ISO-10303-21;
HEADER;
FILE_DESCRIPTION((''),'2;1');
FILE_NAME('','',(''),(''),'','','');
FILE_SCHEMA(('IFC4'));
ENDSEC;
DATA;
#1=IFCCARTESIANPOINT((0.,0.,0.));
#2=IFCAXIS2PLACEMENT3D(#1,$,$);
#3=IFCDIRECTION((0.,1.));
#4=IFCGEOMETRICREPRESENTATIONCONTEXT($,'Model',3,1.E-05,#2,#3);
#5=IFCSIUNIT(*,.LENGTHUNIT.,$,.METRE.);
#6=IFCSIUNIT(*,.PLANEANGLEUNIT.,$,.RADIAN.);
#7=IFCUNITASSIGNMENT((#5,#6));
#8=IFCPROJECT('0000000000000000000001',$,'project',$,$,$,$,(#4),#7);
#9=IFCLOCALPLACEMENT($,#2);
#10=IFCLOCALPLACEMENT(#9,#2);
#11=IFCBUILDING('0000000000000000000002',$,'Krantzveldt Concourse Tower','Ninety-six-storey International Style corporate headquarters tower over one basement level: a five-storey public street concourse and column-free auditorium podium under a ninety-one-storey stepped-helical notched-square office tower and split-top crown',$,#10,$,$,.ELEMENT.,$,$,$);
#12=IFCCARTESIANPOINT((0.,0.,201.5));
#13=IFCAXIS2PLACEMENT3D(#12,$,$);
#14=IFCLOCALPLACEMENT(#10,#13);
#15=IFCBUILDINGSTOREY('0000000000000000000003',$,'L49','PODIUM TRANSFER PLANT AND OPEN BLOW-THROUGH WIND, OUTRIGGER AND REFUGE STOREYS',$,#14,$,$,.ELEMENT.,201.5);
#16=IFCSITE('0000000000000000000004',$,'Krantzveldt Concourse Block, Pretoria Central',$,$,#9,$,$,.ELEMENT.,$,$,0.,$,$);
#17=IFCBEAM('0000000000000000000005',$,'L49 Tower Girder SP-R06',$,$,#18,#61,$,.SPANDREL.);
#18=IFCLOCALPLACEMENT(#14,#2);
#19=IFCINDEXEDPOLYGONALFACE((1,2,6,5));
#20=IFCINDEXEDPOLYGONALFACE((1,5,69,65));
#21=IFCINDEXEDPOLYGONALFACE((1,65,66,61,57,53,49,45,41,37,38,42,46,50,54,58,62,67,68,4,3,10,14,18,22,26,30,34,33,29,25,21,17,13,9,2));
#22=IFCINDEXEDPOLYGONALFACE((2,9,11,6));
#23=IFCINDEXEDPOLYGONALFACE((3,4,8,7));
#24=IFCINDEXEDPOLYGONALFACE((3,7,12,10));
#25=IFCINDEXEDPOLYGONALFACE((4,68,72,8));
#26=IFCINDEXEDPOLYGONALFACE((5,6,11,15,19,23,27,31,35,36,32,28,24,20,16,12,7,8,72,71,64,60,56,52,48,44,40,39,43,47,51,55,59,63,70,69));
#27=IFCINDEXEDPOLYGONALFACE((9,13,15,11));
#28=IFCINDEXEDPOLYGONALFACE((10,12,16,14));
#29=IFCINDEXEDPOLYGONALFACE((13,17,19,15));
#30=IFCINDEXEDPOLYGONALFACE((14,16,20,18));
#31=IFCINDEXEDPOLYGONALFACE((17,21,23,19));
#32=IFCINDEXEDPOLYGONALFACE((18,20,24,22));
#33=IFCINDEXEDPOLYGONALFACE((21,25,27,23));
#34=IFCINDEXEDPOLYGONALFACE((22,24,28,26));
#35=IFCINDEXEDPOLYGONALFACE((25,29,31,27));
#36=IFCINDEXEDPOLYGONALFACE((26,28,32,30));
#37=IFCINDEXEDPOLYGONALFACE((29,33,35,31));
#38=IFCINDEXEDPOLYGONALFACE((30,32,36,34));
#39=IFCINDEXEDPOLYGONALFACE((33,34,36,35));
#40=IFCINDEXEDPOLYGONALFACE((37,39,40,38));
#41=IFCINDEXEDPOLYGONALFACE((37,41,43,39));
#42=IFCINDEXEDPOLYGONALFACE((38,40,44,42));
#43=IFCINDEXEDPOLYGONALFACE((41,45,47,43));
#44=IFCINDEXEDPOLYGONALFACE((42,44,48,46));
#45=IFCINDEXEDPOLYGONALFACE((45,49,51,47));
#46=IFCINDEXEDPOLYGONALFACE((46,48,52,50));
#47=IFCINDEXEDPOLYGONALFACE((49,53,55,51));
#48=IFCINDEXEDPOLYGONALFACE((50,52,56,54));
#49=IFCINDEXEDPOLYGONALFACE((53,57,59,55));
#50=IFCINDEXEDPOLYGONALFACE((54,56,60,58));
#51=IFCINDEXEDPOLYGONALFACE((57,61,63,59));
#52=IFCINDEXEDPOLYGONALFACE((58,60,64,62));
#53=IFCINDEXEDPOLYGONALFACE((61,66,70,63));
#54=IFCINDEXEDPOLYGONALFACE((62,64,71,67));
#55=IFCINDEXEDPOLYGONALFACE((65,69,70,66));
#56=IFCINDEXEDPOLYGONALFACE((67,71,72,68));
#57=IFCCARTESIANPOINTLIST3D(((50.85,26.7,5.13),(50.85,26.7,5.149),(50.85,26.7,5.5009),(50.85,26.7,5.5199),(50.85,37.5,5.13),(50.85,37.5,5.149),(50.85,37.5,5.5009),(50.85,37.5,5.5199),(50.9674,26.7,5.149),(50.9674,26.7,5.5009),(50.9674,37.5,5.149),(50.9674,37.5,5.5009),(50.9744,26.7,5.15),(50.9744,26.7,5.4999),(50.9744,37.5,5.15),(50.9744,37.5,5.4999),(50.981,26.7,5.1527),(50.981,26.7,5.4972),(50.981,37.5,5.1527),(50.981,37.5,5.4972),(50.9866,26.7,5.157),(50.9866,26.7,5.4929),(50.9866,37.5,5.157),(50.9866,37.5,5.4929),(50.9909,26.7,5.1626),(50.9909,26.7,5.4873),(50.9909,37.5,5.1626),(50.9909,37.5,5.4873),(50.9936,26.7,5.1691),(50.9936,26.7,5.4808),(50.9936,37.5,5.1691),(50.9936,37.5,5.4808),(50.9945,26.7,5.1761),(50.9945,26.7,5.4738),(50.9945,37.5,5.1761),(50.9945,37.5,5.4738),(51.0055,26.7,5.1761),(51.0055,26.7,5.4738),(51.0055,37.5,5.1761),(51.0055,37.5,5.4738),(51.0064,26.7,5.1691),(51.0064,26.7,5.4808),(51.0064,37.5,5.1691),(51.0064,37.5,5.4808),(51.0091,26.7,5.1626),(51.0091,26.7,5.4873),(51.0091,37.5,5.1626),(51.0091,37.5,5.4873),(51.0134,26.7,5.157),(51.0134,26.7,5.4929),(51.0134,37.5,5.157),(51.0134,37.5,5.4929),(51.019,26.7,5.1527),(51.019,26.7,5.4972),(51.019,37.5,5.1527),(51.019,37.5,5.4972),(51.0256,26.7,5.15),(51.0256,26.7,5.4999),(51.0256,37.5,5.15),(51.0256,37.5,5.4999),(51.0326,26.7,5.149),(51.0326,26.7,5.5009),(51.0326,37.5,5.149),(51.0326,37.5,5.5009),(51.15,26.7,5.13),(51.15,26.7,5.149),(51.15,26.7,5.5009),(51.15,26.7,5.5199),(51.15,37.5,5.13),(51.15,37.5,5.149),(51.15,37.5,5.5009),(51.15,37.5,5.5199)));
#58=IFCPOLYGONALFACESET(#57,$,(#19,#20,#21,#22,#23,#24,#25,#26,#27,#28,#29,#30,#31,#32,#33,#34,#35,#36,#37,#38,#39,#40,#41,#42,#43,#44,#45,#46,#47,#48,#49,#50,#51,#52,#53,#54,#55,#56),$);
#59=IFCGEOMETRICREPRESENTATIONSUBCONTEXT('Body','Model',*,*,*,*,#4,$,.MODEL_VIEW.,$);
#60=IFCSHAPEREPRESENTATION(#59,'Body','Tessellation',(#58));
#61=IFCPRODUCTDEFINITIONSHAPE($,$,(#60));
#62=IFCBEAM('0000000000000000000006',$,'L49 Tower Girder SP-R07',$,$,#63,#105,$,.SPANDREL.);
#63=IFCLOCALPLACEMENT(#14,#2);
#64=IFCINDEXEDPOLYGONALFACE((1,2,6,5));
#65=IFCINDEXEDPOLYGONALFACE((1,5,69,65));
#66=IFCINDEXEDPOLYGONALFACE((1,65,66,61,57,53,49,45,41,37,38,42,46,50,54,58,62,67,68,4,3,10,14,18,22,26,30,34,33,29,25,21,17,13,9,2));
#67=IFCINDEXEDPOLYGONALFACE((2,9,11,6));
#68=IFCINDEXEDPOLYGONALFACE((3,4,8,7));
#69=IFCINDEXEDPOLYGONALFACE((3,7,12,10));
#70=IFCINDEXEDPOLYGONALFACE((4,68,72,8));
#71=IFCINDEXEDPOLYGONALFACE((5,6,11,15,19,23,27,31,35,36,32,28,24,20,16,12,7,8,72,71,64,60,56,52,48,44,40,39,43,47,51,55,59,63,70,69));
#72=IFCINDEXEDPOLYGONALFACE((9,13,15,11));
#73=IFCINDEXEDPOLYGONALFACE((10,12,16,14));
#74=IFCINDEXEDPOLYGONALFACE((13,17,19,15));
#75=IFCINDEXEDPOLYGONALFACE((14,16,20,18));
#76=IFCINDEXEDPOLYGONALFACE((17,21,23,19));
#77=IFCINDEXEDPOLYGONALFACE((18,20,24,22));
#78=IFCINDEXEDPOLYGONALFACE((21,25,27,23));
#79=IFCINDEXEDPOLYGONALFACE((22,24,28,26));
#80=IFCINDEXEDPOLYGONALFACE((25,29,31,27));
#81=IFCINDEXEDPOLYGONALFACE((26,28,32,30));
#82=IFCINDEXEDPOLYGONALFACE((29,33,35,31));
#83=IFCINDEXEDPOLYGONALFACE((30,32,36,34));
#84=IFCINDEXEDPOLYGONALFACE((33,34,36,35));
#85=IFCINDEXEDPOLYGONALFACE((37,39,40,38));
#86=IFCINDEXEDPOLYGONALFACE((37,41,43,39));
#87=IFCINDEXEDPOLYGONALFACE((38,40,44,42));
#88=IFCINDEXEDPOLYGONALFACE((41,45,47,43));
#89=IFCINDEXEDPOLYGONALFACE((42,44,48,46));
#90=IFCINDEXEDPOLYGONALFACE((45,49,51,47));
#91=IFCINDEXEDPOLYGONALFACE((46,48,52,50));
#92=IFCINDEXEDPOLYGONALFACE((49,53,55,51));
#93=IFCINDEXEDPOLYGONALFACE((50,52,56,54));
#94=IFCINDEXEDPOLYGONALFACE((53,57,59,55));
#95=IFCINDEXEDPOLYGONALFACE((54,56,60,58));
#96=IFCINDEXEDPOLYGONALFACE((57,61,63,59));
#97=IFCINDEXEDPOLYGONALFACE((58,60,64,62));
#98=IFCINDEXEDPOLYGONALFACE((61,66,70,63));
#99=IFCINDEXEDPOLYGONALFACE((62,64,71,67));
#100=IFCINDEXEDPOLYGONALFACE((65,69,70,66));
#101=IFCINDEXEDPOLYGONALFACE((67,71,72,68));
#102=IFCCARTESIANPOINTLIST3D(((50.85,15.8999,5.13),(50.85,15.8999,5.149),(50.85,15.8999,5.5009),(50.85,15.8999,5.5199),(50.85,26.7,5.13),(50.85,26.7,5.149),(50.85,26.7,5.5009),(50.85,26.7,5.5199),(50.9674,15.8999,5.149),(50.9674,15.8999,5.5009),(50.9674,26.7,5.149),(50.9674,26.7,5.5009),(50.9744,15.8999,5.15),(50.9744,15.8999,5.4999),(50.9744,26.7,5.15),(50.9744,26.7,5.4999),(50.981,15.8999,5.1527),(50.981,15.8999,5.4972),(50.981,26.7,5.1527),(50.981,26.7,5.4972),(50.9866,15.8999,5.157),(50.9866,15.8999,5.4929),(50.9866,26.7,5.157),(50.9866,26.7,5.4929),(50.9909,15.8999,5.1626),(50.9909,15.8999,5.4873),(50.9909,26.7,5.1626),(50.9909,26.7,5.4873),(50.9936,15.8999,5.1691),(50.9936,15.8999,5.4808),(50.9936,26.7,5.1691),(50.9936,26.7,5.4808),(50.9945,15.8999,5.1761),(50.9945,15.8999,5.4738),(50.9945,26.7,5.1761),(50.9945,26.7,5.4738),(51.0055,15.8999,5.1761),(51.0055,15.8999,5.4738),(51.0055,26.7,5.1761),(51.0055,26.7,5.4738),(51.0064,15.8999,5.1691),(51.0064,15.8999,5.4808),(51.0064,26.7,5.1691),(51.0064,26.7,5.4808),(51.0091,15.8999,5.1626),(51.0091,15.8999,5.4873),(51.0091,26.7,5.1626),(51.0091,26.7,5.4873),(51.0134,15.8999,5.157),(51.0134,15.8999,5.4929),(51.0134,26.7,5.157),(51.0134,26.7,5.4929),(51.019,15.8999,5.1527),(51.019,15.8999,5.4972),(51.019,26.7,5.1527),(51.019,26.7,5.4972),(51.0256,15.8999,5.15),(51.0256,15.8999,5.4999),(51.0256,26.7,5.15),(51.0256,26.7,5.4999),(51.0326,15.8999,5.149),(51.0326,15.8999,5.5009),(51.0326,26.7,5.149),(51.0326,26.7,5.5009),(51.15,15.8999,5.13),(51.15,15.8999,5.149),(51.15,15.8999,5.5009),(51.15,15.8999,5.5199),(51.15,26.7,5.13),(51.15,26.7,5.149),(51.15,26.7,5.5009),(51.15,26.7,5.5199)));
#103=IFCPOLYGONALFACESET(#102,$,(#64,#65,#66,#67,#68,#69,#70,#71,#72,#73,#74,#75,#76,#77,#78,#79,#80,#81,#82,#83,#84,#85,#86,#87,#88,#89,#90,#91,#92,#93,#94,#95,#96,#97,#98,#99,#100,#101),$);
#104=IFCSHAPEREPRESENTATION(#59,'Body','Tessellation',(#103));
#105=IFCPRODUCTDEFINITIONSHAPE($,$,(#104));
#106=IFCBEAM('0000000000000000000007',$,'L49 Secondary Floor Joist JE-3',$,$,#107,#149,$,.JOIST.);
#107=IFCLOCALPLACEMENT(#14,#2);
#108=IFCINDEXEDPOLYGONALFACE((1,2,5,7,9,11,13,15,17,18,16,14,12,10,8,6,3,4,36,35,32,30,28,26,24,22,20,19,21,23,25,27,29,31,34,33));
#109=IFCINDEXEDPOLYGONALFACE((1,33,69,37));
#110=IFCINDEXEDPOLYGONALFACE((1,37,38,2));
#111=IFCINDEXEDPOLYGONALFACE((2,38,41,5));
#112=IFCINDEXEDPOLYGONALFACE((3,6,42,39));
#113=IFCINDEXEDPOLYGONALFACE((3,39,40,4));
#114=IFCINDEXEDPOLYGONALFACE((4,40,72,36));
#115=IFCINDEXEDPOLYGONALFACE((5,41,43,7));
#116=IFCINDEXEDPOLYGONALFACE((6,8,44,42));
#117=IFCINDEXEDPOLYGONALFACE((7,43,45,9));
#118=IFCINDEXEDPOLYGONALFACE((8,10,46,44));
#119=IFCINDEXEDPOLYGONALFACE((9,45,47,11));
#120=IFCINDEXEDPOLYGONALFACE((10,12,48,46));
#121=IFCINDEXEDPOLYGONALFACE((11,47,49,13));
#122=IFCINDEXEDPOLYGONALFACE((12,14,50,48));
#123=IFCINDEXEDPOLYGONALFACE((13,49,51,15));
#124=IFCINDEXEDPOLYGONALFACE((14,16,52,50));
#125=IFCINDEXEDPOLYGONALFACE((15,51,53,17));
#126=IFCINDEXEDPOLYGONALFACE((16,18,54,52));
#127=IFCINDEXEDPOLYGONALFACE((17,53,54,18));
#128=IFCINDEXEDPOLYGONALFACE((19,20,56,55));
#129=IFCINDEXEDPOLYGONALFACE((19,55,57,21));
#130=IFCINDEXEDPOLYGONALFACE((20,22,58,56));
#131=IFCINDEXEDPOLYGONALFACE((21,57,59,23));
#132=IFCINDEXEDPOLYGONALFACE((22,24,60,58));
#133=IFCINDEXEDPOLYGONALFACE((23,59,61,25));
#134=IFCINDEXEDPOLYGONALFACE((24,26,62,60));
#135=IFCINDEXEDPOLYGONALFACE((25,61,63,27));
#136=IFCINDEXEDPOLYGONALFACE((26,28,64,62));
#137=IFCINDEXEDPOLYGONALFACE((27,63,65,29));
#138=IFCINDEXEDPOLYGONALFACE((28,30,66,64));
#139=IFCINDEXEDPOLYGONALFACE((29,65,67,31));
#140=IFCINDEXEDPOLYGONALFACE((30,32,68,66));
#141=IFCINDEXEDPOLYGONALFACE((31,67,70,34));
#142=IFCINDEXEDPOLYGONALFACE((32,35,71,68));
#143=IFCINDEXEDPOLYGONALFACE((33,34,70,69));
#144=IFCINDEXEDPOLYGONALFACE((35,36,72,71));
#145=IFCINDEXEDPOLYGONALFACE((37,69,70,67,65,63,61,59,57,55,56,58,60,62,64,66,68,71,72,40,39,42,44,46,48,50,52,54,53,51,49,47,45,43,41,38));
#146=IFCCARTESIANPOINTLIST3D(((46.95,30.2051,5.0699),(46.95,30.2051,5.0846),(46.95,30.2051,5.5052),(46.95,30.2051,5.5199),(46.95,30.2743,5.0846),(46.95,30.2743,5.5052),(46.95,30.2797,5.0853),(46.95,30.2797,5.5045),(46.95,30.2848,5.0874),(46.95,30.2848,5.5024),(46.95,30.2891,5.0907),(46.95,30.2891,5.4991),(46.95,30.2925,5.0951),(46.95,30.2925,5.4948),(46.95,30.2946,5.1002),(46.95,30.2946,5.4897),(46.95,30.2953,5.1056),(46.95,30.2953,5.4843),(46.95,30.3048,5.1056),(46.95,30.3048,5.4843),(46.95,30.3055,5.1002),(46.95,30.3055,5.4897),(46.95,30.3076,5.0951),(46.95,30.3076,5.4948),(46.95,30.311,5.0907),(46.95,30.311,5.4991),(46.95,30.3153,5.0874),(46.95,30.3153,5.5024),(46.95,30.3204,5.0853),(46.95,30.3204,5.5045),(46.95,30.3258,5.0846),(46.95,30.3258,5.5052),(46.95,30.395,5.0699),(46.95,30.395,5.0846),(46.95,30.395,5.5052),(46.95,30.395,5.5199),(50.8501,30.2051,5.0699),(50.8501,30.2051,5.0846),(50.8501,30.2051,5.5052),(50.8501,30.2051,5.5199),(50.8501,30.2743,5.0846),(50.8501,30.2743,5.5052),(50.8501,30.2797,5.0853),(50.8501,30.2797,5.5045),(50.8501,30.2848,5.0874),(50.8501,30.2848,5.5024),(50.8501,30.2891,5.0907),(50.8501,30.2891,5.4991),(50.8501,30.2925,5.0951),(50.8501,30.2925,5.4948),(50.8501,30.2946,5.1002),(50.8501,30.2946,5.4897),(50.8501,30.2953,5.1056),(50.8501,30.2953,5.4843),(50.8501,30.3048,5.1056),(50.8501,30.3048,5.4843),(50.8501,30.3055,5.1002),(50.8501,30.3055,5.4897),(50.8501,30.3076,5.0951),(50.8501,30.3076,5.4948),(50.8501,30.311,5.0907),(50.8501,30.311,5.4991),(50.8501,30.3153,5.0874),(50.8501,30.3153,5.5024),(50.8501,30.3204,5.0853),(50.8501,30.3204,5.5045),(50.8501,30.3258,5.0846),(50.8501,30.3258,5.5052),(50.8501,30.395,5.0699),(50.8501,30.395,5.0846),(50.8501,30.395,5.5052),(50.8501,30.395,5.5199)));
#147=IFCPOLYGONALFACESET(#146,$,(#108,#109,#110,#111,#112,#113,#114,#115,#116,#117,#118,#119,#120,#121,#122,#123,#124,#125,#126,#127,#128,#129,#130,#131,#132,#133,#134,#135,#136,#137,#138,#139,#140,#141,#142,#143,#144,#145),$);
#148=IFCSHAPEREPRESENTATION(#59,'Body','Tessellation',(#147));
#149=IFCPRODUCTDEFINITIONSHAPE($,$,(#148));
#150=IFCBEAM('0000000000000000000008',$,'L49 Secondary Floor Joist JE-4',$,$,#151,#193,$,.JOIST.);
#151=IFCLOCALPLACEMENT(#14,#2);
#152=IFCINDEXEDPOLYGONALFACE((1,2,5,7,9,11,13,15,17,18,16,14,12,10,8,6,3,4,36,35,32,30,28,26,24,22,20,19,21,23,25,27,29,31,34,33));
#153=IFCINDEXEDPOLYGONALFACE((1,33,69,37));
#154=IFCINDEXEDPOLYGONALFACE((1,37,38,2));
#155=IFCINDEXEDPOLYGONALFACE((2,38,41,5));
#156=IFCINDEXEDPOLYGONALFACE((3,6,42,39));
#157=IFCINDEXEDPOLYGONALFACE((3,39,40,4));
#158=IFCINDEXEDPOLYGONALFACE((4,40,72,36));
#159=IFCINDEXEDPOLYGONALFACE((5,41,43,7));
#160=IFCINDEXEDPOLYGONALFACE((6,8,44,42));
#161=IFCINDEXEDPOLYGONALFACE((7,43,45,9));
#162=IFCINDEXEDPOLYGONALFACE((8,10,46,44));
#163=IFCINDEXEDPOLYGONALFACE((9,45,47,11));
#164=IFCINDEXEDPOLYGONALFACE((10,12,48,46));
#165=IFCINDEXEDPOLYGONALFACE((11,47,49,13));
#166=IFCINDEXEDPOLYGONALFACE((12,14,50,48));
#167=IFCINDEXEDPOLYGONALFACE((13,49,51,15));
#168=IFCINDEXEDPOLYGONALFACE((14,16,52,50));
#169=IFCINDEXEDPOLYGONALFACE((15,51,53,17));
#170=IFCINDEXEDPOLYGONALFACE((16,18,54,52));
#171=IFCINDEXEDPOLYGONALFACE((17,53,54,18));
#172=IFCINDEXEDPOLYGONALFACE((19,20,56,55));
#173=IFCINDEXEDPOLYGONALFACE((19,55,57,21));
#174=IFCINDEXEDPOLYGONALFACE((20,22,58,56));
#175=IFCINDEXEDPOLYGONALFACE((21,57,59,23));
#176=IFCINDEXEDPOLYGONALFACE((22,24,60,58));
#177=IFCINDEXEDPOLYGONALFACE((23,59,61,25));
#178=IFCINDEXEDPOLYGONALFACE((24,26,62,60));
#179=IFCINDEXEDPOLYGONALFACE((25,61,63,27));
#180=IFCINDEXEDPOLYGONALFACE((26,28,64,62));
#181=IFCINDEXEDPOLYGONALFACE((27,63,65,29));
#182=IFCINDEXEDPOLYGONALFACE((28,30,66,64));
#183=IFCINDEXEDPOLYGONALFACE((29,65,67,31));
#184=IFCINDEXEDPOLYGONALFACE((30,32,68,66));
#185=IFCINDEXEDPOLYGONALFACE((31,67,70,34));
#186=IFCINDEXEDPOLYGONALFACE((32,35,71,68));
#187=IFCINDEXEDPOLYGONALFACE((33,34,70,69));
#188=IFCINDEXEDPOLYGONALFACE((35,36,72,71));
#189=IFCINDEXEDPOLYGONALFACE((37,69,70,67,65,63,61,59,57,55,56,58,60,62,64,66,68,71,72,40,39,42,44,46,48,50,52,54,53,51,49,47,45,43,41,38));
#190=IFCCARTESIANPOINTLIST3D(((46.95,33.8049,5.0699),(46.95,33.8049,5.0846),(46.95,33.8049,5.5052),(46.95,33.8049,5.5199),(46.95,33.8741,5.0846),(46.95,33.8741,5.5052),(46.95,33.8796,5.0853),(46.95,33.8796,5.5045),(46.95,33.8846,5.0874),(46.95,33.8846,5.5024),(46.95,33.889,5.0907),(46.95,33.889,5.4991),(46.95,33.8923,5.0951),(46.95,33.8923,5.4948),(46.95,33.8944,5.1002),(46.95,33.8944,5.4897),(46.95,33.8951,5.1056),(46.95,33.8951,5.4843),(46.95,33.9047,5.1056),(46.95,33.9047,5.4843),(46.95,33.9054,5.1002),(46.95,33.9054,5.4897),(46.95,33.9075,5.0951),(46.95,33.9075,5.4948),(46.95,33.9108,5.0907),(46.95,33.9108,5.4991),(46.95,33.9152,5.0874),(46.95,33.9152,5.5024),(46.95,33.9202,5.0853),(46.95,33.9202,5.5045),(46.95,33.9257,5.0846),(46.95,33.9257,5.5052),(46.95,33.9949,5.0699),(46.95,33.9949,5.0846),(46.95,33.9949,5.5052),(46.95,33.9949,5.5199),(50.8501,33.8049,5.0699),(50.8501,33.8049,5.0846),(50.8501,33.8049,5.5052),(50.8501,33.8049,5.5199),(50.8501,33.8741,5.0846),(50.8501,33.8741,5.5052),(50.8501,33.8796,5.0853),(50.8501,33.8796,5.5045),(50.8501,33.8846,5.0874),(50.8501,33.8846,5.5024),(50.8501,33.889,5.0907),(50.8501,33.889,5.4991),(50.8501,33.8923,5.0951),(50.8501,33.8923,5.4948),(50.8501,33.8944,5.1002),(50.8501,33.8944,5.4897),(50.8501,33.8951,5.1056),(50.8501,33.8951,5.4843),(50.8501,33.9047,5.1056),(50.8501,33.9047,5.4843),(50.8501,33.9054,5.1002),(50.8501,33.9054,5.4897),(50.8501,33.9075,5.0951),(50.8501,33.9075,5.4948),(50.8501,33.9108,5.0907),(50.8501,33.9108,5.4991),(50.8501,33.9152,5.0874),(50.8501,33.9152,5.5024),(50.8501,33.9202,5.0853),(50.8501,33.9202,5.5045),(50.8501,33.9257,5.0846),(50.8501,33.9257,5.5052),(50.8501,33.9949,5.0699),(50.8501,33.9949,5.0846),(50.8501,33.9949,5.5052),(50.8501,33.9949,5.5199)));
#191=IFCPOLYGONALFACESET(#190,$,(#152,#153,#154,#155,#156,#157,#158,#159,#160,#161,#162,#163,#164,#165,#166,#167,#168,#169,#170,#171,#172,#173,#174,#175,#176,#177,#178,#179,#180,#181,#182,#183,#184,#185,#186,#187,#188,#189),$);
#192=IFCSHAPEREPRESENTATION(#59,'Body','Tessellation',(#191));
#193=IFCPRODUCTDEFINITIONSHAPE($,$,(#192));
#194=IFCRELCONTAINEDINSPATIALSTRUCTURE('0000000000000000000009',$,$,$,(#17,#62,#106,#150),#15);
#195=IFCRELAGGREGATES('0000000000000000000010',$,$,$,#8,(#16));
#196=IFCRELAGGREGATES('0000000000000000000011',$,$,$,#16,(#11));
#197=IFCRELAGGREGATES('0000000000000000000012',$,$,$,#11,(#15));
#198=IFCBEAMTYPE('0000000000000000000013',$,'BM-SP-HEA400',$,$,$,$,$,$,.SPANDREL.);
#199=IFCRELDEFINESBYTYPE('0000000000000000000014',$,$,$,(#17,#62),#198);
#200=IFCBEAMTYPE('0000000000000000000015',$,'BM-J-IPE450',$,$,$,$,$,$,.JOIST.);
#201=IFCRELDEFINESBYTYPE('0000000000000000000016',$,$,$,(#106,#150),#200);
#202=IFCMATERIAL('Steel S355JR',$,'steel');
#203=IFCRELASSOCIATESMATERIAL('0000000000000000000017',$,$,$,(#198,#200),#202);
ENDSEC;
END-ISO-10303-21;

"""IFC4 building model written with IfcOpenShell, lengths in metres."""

from ifc_helpers import new_model, si_unit, direction, frame, origin, origin_2d, place, context, subcontext, project, spatial, i_section, extrude, source, transform, mapped, material, material_profile, profile_set, type_object, type_shapes, element, save


model = new_model("IFC4")

# Units and contexts
model_context = context("Model", 3, precision=1e-05, world=origin(), true_north=direction((0.0, 1.0)))
body_context = subcontext(model_context, "Body", "Model", "MODEL_VIEW")
ifc_project = project(units=[si_unit("LENGTHUNIT", "METRE"), si_unit("PLANEANGLEUNIT", "RADIAN")], contexts=[model_context])

# Site, building, storey
site_placement = place(None, origin())
site = spatial("IfcSite", under=ifc_project, at=site_placement, Name="Krantzveldt Concourse Block, Pretoria Central", CompositionType="ELEMENT", RefElevation=0.0)
building_placement = place(site_placement, origin())
building = spatial("IfcBuilding", under=site, at=building_placement, Name="Krantzveldt Concourse Tower", Description="Ninety-six-storey International Style corporate headquarters tower over one basement level: a five-storey public street concourse and column-free auditorium podium under a ninety-one-storey stepped-helical notched-square office tower and split-top crown", CompositionType="ELEMENT")
storey_placement = place(building_placement, frame((0.0, 0.0, 201.5)))
storey = spatial("IfcBuildingStorey", under=building, at=storey_placement, Name="L49", Description="PODIUM TRANSFER PLANT AND OPEN BLOW-THROUGH WIND, OUTRIGGER AND REFUGE STOREYS", CompositionType="ELEMENT", Elevation=201.5)

# Shared definitions
ifc_material_1 = material(Name="Steel S355JR", Category="steel")

# Beams
ifc_material_profile_1 = material_profile(ifc_material_1, i_section(OverallWidth=0.3, OverallDepth=0.3899, WebThickness=0.011, FlangeThickness=0.019, FilletRadius=0.0271, at=origin_2d()), Name="Steel S355JR", Category="steel")
ifc_profile_set_1 = profile_set([ifc_material_profile_1], Name="Steel S355JR - HEA 400")
beam_type_1 = type_object("IfcBeamType", Name="BM-SP-HEA400", PredefinedType="SPANDREL", material=ifc_profile_set_1)
shared_shape_1 = source(origin(), body_context, "Body", "SweptSolid", [
    extrude(i_section(OverallWidth=0.3, OverallDepth=0.3899, WebThickness=0.011, FlangeThickness=0.019, FilletRadius=0.0271, at=origin_2d()), origin(), (0.0, 0.0, 1.0), 10.8),
])
type_shapes(beam_type_1, [shared_shape_1])
for number, where, z_axis, x_axis, name in (
    (1, (51.0, 37.5, 5.325), (0.0, -1.0, 0.0), (1.0, 0.0, 0.0), "L49 Tower Girder SP-R06"),
    (2, (51.0, 26.7, 5.325), (0.0, -1.0, 0.0), (1.0, 0.0, 0.0), "L49 Tower Girder SP-R07"),
):
    element("IfcBeam", number, at=place(storey_placement, frame(where, z_axis=z_axis, x_axis=x_axis)), inside=storey, type_object=beam_type_1, Name=name, PredefinedType="SPANDREL", context=body_context, shape_type="MappedRepresentation", body=[
        mapped(shared_shape_1, transform((0.0, 0.0, 0.0), x_axis=(1.0, 0.0, 0.0), y_axis=(0.0, 1.0, 0.0), z_axis=(0.0, 0.0, 1.0), scale=1.0)),
    ])
ifc_material_profile_2 = material_profile(ifc_material_1, i_section(OverallWidth=0.1899, OverallDepth=0.45, WebThickness=0.0095, FlangeThickness=0.0146, FilletRadius=0.021, at=origin_2d()), Name="Steel S355JR", Category="steel")
ifc_profile_set_2 = profile_set([ifc_material_profile_2], Name="Steel S355JR - IPE 450")
beam_type_2 = type_object("IfcBeamType", Name="BM-J-IPE450", PredefinedType="JOIST", material=ifc_profile_set_2)
shared_shape_2 = source(origin(), body_context, "Body", "SweptSolid", [
    extrude(i_section(OverallWidth=0.1899, OverallDepth=0.45, WebThickness=0.0095, FlangeThickness=0.0146, FilletRadius=0.021, at=origin_2d()), origin(), (0.0, 0.0, 1.0), 3.9001),
])
type_shapes(beam_type_2, [shared_shape_2])
for number, where, z_axis, x_axis, name in (
    (3, (46.95, 30.3, 5.2949), (1.0, 0.0, 0.0), (0.0, 1.0, 0.0), "L49 Secondary Floor Joist JE-3"),
    (4, (46.95, 33.8999, 5.2949), (1.0, 0.0, 0.0), (0.0, 1.0, 0.0), "L49 Secondary Floor Joist JE-4"),
):
    element("IfcBeam", number, at=place(storey_placement, frame(where, z_axis=z_axis, x_axis=x_axis)), inside=storey, type_object=beam_type_2, Name=name, PredefinedType="JOIST", context=body_context, shape_type="MappedRepresentation", body=[
        mapped(shared_shape_2, transform((0.0, 0.0, 0.0), x_axis=(1.0, 0.0, 0.0), y_axis=(0.0, 1.0, 0.0), z_axis=(0.0, 0.0, 1.0), scale=1.0)),
    ])

save(model, "model.ifc")
